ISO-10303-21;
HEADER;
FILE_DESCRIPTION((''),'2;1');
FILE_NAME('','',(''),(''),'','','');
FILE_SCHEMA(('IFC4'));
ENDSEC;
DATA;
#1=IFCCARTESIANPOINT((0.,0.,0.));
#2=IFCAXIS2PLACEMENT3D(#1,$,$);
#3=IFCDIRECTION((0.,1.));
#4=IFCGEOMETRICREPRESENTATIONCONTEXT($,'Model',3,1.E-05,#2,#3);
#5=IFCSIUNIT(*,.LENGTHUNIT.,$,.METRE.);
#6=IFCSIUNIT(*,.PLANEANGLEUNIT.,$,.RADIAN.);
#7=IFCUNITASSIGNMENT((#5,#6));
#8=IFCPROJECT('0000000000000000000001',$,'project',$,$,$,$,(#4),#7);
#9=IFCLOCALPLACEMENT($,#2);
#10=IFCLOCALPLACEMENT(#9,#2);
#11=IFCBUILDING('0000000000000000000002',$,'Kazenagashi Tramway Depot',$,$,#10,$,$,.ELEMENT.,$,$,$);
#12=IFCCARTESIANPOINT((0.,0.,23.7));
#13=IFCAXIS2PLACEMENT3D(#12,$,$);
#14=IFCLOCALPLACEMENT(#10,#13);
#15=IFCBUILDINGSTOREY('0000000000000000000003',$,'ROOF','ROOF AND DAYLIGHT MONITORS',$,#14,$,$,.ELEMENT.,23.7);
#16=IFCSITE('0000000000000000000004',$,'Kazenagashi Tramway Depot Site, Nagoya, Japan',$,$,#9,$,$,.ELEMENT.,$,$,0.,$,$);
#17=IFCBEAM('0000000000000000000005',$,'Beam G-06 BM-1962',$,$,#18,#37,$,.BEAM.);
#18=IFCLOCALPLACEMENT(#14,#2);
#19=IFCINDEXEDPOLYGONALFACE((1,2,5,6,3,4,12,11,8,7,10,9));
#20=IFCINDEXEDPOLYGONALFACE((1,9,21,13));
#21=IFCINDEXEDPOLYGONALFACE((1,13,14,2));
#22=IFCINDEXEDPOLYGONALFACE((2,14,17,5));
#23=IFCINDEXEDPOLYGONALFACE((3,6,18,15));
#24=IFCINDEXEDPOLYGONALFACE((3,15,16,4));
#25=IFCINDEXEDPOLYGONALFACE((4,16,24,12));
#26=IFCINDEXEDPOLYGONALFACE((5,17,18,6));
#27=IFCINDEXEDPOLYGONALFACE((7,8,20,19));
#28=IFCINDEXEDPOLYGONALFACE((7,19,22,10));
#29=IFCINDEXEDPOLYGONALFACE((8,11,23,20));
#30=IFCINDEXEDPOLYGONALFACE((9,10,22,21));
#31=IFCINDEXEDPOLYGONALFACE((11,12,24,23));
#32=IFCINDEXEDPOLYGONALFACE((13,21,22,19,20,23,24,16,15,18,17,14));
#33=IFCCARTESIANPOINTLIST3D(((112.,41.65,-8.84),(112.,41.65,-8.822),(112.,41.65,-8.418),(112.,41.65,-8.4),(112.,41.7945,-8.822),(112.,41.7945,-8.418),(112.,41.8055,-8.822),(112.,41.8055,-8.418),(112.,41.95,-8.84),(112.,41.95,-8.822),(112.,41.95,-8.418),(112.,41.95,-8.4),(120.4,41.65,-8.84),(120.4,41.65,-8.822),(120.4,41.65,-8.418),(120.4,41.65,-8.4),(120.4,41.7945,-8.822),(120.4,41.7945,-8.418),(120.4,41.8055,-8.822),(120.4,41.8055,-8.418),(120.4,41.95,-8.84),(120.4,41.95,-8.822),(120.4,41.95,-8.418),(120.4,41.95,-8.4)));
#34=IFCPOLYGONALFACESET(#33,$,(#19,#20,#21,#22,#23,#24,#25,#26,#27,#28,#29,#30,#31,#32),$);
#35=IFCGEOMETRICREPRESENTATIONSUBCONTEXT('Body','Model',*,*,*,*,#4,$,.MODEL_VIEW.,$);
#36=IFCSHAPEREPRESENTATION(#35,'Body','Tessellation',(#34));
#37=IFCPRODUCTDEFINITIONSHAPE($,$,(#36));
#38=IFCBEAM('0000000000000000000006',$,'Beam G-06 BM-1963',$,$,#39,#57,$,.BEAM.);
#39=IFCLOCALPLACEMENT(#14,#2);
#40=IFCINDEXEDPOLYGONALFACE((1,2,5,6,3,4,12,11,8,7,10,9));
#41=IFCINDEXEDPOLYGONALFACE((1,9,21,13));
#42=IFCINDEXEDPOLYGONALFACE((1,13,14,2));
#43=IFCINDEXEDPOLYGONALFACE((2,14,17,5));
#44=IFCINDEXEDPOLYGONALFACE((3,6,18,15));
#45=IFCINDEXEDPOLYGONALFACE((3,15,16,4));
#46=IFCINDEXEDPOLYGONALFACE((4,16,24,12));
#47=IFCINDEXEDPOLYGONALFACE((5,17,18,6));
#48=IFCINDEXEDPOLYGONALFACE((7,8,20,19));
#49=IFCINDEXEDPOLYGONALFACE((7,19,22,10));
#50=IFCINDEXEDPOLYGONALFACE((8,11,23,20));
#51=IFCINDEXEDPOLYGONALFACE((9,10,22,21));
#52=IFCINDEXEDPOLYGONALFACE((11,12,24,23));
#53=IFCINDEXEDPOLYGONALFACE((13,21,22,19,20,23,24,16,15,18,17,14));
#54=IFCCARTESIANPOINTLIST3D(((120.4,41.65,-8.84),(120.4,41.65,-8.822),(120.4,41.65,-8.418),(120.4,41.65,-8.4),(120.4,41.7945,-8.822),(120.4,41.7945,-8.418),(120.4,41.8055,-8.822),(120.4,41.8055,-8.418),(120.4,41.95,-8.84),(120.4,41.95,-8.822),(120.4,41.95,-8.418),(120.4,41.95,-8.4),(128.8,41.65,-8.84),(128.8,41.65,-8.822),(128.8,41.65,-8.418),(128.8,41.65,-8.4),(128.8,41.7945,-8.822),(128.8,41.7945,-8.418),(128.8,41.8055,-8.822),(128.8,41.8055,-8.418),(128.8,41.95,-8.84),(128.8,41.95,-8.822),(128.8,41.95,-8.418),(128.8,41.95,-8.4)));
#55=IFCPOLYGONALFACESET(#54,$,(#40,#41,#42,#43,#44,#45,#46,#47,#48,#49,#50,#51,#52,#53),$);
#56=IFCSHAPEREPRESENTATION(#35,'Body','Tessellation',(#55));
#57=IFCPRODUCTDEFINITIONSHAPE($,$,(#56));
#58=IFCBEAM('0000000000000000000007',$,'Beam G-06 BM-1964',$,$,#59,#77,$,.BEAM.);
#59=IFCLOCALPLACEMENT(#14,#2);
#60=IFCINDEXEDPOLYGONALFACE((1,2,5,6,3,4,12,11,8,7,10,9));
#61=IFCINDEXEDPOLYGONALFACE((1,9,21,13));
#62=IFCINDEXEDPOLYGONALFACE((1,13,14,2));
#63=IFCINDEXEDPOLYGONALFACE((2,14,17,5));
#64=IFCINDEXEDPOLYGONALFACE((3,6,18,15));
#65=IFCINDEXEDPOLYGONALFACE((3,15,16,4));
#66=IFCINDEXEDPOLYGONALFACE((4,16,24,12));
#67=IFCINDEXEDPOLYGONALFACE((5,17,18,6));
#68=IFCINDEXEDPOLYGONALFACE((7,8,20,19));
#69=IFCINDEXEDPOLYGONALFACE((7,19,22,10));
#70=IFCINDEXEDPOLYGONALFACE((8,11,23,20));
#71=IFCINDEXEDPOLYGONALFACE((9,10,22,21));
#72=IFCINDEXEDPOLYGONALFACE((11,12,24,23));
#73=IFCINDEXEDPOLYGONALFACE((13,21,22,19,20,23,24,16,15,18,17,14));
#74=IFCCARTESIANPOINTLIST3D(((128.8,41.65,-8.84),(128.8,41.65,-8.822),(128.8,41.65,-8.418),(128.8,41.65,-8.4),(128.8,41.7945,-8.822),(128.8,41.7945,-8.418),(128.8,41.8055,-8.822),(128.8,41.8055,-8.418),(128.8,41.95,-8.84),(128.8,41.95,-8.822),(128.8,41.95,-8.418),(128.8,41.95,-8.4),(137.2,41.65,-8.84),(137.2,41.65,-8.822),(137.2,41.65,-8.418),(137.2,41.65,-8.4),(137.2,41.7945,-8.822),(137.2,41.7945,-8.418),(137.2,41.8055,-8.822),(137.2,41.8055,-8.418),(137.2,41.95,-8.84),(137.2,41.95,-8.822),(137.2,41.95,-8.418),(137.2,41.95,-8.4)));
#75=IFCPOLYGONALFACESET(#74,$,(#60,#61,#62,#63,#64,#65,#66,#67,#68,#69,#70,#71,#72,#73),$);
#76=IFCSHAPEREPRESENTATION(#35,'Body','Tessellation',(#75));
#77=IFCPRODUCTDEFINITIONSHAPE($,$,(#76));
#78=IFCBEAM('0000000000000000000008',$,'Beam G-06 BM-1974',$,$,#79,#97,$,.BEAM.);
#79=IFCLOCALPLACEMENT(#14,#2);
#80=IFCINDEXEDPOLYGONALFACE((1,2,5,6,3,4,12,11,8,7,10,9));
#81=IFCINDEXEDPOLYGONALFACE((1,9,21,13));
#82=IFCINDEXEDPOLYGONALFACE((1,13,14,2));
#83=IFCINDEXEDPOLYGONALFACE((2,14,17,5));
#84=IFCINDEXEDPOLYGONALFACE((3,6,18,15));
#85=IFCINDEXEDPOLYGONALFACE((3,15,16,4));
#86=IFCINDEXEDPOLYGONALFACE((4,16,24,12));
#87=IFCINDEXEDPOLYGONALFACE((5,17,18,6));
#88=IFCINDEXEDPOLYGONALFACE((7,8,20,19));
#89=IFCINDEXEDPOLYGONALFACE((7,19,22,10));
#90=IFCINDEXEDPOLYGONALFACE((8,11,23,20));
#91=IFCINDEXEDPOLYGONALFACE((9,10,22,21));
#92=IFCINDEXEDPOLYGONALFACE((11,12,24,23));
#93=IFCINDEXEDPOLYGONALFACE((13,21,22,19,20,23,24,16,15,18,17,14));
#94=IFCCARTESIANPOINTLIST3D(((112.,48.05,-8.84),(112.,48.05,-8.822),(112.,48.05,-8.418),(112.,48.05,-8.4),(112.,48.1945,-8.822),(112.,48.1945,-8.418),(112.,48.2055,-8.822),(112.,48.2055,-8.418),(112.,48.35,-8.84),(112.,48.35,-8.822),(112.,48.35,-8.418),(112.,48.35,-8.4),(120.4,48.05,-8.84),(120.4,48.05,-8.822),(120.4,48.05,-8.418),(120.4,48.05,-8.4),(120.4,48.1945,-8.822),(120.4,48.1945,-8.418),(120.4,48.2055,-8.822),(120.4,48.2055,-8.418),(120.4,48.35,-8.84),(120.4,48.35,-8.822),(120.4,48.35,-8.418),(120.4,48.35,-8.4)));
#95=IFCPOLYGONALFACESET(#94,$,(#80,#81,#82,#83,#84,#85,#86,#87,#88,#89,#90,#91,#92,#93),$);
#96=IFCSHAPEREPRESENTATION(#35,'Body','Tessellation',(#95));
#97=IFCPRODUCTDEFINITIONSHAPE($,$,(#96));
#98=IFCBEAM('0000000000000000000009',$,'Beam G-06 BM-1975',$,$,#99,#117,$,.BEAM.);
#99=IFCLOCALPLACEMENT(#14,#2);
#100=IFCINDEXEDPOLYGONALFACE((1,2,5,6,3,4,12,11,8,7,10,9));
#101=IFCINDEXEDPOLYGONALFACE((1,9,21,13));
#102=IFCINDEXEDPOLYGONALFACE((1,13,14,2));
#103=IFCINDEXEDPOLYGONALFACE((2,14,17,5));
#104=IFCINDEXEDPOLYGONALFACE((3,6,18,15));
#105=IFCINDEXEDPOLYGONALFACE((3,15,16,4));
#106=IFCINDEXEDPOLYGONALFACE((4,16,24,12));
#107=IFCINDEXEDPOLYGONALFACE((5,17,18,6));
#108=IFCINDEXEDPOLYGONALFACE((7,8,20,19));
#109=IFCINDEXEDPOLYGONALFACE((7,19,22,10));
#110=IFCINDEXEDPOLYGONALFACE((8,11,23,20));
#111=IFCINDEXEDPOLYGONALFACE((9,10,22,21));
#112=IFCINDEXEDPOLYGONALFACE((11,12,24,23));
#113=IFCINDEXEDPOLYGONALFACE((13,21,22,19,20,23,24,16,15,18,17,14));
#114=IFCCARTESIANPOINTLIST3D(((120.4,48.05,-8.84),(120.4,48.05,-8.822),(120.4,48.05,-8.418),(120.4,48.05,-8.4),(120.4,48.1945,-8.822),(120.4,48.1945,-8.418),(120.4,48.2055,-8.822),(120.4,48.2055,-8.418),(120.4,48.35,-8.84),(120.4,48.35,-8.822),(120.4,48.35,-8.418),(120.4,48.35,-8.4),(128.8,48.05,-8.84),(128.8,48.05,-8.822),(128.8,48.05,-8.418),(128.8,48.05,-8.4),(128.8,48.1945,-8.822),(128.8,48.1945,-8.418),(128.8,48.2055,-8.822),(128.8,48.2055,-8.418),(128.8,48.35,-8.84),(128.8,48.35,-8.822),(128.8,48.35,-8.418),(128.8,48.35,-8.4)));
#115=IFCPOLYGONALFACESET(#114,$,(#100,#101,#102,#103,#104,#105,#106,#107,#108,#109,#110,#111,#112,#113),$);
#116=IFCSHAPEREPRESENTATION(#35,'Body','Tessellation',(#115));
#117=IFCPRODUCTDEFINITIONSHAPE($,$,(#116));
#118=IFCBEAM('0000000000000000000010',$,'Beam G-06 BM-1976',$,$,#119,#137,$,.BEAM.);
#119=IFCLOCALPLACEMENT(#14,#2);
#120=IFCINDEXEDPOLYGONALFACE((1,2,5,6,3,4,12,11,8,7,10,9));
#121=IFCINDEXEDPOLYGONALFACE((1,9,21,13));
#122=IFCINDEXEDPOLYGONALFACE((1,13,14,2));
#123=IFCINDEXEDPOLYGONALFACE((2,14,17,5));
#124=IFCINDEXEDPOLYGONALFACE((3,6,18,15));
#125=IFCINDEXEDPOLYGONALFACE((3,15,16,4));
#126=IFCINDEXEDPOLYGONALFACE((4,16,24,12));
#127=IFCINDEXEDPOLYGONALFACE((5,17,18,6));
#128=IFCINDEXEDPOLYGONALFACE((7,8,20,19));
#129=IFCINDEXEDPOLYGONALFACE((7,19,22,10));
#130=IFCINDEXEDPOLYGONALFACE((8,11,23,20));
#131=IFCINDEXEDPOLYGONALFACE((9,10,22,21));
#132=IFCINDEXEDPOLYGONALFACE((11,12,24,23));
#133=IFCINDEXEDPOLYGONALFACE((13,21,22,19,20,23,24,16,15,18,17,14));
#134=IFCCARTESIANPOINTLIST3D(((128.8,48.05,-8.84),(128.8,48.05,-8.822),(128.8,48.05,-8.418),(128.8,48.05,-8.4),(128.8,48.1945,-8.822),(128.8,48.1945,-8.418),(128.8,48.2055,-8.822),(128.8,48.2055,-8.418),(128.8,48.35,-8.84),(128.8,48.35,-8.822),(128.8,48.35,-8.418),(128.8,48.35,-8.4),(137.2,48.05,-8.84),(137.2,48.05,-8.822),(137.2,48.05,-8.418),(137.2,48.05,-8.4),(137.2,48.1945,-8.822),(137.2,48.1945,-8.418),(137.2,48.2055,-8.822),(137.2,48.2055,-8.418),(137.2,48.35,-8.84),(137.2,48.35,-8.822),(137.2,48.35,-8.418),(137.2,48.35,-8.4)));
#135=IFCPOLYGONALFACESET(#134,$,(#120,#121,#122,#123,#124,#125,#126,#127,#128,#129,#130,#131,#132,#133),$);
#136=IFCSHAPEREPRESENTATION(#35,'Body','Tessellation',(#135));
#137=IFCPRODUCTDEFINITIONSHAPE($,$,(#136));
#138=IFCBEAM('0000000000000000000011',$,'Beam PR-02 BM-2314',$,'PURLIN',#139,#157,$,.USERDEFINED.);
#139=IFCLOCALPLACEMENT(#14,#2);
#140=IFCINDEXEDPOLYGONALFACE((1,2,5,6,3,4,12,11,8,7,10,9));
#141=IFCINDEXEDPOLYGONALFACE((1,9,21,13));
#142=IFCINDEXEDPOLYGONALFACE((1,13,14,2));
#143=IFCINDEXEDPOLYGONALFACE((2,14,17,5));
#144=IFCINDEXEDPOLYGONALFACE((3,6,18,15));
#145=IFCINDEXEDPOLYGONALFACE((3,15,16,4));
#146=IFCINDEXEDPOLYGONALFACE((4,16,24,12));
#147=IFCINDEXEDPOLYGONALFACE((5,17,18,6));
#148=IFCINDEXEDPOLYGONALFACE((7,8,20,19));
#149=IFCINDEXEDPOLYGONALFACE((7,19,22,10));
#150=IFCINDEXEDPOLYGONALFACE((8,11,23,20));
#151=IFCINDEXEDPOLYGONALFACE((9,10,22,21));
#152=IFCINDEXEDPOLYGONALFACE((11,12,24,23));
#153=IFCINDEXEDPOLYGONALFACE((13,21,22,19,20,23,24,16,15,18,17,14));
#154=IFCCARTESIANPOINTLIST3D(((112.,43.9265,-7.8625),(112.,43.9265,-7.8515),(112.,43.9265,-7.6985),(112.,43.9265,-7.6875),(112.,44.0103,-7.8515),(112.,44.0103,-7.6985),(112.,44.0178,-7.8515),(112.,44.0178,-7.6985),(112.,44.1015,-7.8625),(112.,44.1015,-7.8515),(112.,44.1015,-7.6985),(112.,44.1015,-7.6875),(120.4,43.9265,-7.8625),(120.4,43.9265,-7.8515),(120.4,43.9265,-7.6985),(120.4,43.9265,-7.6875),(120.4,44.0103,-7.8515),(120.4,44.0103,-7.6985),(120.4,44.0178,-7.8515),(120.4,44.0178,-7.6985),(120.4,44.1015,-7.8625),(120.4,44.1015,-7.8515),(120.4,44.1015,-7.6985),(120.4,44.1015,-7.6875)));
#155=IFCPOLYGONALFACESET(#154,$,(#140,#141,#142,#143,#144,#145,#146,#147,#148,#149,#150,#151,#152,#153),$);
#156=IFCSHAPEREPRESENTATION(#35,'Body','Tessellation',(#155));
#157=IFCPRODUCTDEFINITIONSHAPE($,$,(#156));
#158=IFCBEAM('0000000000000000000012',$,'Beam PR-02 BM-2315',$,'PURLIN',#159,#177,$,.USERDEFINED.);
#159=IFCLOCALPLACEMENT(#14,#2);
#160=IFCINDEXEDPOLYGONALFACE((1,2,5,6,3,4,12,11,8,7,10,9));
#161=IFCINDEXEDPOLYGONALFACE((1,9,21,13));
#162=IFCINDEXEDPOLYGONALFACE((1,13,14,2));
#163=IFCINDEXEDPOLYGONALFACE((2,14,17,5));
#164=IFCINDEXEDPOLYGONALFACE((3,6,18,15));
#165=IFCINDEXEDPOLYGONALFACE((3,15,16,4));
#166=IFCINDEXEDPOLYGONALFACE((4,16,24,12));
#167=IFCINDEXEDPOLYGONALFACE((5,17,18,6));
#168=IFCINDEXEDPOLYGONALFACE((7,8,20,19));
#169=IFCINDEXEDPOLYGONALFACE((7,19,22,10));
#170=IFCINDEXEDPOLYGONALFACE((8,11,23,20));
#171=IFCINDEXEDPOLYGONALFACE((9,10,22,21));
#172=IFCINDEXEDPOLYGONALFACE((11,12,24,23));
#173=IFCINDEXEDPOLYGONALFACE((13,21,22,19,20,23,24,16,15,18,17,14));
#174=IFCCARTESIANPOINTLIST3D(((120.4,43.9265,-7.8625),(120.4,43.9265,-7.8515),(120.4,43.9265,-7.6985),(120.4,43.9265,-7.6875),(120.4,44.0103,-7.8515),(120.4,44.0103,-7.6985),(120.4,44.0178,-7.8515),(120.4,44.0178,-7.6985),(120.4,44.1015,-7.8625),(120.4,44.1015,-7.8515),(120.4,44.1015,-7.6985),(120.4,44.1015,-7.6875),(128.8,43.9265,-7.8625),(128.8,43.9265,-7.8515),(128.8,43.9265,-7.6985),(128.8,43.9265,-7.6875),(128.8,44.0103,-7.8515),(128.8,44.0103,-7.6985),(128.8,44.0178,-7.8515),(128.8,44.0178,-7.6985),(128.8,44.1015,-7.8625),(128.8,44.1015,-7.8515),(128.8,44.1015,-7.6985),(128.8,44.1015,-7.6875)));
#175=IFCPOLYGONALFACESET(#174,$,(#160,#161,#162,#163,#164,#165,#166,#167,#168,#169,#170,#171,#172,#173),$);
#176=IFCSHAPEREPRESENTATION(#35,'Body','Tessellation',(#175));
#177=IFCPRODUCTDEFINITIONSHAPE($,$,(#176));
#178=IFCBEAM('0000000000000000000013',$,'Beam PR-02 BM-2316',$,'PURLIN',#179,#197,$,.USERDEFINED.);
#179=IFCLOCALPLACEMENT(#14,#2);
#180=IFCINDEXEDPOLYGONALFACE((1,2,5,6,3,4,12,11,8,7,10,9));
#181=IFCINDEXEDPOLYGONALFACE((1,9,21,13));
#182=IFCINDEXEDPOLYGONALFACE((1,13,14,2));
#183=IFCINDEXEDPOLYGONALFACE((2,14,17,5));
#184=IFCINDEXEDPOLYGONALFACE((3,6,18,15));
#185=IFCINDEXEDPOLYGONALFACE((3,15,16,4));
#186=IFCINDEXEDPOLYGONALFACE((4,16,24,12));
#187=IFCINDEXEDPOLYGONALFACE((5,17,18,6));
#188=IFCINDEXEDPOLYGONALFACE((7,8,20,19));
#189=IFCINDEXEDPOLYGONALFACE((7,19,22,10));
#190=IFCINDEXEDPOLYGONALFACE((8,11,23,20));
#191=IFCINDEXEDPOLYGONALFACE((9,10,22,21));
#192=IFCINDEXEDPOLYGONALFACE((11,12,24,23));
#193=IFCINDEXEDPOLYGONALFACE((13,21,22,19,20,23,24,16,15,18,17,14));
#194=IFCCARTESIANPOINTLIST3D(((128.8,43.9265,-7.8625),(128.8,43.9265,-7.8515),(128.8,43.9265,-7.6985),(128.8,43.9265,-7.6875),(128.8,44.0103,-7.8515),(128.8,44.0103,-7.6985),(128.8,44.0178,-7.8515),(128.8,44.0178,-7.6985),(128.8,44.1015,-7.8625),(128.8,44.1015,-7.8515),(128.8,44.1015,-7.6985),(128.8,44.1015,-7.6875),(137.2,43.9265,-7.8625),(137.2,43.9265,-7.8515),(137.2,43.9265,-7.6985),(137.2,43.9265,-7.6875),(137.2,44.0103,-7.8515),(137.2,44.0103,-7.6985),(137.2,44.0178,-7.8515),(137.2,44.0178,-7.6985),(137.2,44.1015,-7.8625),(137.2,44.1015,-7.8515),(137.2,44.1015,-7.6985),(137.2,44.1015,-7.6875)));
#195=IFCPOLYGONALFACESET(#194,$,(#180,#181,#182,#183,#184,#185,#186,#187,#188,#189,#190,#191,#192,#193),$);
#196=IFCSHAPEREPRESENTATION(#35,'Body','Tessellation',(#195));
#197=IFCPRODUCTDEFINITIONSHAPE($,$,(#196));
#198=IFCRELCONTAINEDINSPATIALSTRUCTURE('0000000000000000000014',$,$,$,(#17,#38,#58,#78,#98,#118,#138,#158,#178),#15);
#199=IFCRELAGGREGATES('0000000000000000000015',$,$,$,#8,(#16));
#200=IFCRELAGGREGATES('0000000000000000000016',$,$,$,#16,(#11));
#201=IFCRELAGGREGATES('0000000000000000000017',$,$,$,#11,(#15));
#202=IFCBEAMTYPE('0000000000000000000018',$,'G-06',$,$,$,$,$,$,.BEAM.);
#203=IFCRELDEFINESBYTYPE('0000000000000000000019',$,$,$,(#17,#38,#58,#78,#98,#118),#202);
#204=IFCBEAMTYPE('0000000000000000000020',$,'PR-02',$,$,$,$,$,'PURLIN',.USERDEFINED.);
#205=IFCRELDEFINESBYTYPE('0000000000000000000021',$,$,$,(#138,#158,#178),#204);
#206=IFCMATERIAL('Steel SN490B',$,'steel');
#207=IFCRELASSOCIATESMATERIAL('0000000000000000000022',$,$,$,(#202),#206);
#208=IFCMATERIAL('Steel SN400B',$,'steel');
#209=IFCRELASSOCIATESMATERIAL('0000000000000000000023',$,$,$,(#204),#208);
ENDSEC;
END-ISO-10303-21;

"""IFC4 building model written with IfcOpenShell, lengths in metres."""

from ifc_helpers import new_model, si_unit, direction, frame, origin, origin_2d, place, context, subcontext, project, spatial, i_section, extrude, material, material_profile, profile_set, type_object, element, save


model = new_model("IFC4")

# Units and contexts
model_context = context("Model", 3, precision=1e-05, world=origin(), true_north=direction((0.0, 1.0)))
body_context = subcontext(model_context, "Body", "Model", "MODEL_VIEW")
ifc_project = project(units=[si_unit("LENGTHUNIT", "METRE"), si_unit("PLANEANGLEUNIT", "RADIAN")], contexts=[model_context])

# Site, building, storey
site_placement = place(None, origin())
site = spatial("IfcSite", under=ifc_project, at=site_placement, Name="Kazenagashi Tramway Depot Site, Nagoya, Japan", CompositionType="ELEMENT", RefElevation=0.0)
building_placement = place(site_placement, origin())
building = spatial("IfcBuilding", under=site, at=building_placement, Name="Kazenagashi Tramway Depot", CompositionType="ELEMENT")
storey_placement = place(building_placement, frame((0.0, 0.0, 23.7)))
storey = spatial("IfcBuildingStorey", under=building, at=storey_placement, Name="ROOF", Description="ROOF AND DAYLIGHT MONITORS", CompositionType="ELEMENT", Elevation=23.7)

# Beams
ifc_material_1 = material(Name="Steel SN490B", Category="steel")
ifc_material_profile_1 = material_profile(ifc_material_1, i_section(OverallWidth=0.3, OverallDepth=0.44, WebThickness=0.011, FlangeThickness=0.018, at=origin_2d()), Name="H-440x300x11x18")
ifc_profile_set_1 = profile_set([ifc_material_profile_1], Name="Steel SN490B")
beam_type_1 = type_object("IfcBeamType", Name="G-06", PredefinedType="BEAM", material=ifc_profile_set_1)
for number, where, z_axis, x_axis, name in (
    (1, (112.0, 41.8, -8.62), (1.0, 0.0, 0.0), (0.0, 1.0, 0.0), "Beam G-06 BM-1962"),
    (2, (120.4, 41.8, -8.62), (1.0, 0.0, 0.0), (0.0, 1.0, 0.0), "Beam G-06 BM-1963"),
    (3, (128.8, 41.8, -8.62), (1.0, 0.0, 0.0), (0.0, 1.0, 0.0), "Beam G-06 BM-1964"),
    (4, (112.0, 48.2, -8.62), (1.0, 0.0, 0.0), (0.0, 1.0, 0.0), "Beam G-06 BM-1974"),
    (5, (120.4, 48.2, -8.62), (1.0, 0.0, 0.0), (0.0, 1.0, 0.0), "Beam G-06 BM-1975"),
    (6, (128.8, 48.2, -8.62), (1.0, 0.0, 0.0), (0.0, 1.0, 0.0), "Beam G-06 BM-1976"),
):
    element("IfcBeam", number, at=place(storey_placement, frame(where, z_axis=z_axis, x_axis=x_axis)), inside=storey, type_object=beam_type_1, Name=name, PredefinedType="BEAM", context=body_context, shape_type="SweptSolid", body=[
        extrude(i_section(OverallWidth=0.3, OverallDepth=0.44, WebThickness=0.011, FlangeThickness=0.018, at=origin_2d()), origin(), (0.0, 0.0, 1.0), 8.4),
    ])
ifc_material_2 = material(Name="Steel SN400B", Category="steel")
ifc_material_profile_2 = material_profile(ifc_material_2, i_section(OverallWidth=0.175, OverallDepth=0.175, WebThickness=0.0075, FlangeThickness=0.011, at=origin_2d()), Name="H-175x175x7.5x11")
ifc_profile_set_2 = profile_set([ifc_material_profile_2], Name="Steel SN400B")
beam_type_2 = type_object("IfcBeamType", Name="PR-02", ElementType="PURLIN", PredefinedType="USERDEFINED", material=ifc_profile_set_2)
for number, where, z_axis, x_axis, name in (
    (7, (112.0, 44.014, -7.775), (1.0, 0.0, 0.0), (0.0, 1.0, 0.0), "Beam PR-02 BM-2314"),
    (8, (120.4, 44.014, -7.775), (1.0, 0.0, 0.0), (0.0, 1.0, 0.0), "Beam PR-02 BM-2315"),
    (9, (128.8, 44.014, -7.775), (1.0, 0.0, 0.0), (0.0, 1.0, 0.0), "Beam PR-02 BM-2316"),
):
    element("IfcBeam", number, at=place(storey_placement, frame(where, z_axis=z_axis, x_axis=x_axis)), inside=storey, type_object=beam_type_2, Name=name, ObjectType="PURLIN", PredefinedType="USERDEFINED", context=body_context, shape_type="SweptSolid", body=[
        extrude(i_section(OverallWidth=0.175, OverallDepth=0.175, WebThickness=0.0075, FlangeThickness=0.011, at=origin_2d()), origin(), (0.0, 0.0, 1.0), 8.4),
    ])

save(model, "model.ifc")
